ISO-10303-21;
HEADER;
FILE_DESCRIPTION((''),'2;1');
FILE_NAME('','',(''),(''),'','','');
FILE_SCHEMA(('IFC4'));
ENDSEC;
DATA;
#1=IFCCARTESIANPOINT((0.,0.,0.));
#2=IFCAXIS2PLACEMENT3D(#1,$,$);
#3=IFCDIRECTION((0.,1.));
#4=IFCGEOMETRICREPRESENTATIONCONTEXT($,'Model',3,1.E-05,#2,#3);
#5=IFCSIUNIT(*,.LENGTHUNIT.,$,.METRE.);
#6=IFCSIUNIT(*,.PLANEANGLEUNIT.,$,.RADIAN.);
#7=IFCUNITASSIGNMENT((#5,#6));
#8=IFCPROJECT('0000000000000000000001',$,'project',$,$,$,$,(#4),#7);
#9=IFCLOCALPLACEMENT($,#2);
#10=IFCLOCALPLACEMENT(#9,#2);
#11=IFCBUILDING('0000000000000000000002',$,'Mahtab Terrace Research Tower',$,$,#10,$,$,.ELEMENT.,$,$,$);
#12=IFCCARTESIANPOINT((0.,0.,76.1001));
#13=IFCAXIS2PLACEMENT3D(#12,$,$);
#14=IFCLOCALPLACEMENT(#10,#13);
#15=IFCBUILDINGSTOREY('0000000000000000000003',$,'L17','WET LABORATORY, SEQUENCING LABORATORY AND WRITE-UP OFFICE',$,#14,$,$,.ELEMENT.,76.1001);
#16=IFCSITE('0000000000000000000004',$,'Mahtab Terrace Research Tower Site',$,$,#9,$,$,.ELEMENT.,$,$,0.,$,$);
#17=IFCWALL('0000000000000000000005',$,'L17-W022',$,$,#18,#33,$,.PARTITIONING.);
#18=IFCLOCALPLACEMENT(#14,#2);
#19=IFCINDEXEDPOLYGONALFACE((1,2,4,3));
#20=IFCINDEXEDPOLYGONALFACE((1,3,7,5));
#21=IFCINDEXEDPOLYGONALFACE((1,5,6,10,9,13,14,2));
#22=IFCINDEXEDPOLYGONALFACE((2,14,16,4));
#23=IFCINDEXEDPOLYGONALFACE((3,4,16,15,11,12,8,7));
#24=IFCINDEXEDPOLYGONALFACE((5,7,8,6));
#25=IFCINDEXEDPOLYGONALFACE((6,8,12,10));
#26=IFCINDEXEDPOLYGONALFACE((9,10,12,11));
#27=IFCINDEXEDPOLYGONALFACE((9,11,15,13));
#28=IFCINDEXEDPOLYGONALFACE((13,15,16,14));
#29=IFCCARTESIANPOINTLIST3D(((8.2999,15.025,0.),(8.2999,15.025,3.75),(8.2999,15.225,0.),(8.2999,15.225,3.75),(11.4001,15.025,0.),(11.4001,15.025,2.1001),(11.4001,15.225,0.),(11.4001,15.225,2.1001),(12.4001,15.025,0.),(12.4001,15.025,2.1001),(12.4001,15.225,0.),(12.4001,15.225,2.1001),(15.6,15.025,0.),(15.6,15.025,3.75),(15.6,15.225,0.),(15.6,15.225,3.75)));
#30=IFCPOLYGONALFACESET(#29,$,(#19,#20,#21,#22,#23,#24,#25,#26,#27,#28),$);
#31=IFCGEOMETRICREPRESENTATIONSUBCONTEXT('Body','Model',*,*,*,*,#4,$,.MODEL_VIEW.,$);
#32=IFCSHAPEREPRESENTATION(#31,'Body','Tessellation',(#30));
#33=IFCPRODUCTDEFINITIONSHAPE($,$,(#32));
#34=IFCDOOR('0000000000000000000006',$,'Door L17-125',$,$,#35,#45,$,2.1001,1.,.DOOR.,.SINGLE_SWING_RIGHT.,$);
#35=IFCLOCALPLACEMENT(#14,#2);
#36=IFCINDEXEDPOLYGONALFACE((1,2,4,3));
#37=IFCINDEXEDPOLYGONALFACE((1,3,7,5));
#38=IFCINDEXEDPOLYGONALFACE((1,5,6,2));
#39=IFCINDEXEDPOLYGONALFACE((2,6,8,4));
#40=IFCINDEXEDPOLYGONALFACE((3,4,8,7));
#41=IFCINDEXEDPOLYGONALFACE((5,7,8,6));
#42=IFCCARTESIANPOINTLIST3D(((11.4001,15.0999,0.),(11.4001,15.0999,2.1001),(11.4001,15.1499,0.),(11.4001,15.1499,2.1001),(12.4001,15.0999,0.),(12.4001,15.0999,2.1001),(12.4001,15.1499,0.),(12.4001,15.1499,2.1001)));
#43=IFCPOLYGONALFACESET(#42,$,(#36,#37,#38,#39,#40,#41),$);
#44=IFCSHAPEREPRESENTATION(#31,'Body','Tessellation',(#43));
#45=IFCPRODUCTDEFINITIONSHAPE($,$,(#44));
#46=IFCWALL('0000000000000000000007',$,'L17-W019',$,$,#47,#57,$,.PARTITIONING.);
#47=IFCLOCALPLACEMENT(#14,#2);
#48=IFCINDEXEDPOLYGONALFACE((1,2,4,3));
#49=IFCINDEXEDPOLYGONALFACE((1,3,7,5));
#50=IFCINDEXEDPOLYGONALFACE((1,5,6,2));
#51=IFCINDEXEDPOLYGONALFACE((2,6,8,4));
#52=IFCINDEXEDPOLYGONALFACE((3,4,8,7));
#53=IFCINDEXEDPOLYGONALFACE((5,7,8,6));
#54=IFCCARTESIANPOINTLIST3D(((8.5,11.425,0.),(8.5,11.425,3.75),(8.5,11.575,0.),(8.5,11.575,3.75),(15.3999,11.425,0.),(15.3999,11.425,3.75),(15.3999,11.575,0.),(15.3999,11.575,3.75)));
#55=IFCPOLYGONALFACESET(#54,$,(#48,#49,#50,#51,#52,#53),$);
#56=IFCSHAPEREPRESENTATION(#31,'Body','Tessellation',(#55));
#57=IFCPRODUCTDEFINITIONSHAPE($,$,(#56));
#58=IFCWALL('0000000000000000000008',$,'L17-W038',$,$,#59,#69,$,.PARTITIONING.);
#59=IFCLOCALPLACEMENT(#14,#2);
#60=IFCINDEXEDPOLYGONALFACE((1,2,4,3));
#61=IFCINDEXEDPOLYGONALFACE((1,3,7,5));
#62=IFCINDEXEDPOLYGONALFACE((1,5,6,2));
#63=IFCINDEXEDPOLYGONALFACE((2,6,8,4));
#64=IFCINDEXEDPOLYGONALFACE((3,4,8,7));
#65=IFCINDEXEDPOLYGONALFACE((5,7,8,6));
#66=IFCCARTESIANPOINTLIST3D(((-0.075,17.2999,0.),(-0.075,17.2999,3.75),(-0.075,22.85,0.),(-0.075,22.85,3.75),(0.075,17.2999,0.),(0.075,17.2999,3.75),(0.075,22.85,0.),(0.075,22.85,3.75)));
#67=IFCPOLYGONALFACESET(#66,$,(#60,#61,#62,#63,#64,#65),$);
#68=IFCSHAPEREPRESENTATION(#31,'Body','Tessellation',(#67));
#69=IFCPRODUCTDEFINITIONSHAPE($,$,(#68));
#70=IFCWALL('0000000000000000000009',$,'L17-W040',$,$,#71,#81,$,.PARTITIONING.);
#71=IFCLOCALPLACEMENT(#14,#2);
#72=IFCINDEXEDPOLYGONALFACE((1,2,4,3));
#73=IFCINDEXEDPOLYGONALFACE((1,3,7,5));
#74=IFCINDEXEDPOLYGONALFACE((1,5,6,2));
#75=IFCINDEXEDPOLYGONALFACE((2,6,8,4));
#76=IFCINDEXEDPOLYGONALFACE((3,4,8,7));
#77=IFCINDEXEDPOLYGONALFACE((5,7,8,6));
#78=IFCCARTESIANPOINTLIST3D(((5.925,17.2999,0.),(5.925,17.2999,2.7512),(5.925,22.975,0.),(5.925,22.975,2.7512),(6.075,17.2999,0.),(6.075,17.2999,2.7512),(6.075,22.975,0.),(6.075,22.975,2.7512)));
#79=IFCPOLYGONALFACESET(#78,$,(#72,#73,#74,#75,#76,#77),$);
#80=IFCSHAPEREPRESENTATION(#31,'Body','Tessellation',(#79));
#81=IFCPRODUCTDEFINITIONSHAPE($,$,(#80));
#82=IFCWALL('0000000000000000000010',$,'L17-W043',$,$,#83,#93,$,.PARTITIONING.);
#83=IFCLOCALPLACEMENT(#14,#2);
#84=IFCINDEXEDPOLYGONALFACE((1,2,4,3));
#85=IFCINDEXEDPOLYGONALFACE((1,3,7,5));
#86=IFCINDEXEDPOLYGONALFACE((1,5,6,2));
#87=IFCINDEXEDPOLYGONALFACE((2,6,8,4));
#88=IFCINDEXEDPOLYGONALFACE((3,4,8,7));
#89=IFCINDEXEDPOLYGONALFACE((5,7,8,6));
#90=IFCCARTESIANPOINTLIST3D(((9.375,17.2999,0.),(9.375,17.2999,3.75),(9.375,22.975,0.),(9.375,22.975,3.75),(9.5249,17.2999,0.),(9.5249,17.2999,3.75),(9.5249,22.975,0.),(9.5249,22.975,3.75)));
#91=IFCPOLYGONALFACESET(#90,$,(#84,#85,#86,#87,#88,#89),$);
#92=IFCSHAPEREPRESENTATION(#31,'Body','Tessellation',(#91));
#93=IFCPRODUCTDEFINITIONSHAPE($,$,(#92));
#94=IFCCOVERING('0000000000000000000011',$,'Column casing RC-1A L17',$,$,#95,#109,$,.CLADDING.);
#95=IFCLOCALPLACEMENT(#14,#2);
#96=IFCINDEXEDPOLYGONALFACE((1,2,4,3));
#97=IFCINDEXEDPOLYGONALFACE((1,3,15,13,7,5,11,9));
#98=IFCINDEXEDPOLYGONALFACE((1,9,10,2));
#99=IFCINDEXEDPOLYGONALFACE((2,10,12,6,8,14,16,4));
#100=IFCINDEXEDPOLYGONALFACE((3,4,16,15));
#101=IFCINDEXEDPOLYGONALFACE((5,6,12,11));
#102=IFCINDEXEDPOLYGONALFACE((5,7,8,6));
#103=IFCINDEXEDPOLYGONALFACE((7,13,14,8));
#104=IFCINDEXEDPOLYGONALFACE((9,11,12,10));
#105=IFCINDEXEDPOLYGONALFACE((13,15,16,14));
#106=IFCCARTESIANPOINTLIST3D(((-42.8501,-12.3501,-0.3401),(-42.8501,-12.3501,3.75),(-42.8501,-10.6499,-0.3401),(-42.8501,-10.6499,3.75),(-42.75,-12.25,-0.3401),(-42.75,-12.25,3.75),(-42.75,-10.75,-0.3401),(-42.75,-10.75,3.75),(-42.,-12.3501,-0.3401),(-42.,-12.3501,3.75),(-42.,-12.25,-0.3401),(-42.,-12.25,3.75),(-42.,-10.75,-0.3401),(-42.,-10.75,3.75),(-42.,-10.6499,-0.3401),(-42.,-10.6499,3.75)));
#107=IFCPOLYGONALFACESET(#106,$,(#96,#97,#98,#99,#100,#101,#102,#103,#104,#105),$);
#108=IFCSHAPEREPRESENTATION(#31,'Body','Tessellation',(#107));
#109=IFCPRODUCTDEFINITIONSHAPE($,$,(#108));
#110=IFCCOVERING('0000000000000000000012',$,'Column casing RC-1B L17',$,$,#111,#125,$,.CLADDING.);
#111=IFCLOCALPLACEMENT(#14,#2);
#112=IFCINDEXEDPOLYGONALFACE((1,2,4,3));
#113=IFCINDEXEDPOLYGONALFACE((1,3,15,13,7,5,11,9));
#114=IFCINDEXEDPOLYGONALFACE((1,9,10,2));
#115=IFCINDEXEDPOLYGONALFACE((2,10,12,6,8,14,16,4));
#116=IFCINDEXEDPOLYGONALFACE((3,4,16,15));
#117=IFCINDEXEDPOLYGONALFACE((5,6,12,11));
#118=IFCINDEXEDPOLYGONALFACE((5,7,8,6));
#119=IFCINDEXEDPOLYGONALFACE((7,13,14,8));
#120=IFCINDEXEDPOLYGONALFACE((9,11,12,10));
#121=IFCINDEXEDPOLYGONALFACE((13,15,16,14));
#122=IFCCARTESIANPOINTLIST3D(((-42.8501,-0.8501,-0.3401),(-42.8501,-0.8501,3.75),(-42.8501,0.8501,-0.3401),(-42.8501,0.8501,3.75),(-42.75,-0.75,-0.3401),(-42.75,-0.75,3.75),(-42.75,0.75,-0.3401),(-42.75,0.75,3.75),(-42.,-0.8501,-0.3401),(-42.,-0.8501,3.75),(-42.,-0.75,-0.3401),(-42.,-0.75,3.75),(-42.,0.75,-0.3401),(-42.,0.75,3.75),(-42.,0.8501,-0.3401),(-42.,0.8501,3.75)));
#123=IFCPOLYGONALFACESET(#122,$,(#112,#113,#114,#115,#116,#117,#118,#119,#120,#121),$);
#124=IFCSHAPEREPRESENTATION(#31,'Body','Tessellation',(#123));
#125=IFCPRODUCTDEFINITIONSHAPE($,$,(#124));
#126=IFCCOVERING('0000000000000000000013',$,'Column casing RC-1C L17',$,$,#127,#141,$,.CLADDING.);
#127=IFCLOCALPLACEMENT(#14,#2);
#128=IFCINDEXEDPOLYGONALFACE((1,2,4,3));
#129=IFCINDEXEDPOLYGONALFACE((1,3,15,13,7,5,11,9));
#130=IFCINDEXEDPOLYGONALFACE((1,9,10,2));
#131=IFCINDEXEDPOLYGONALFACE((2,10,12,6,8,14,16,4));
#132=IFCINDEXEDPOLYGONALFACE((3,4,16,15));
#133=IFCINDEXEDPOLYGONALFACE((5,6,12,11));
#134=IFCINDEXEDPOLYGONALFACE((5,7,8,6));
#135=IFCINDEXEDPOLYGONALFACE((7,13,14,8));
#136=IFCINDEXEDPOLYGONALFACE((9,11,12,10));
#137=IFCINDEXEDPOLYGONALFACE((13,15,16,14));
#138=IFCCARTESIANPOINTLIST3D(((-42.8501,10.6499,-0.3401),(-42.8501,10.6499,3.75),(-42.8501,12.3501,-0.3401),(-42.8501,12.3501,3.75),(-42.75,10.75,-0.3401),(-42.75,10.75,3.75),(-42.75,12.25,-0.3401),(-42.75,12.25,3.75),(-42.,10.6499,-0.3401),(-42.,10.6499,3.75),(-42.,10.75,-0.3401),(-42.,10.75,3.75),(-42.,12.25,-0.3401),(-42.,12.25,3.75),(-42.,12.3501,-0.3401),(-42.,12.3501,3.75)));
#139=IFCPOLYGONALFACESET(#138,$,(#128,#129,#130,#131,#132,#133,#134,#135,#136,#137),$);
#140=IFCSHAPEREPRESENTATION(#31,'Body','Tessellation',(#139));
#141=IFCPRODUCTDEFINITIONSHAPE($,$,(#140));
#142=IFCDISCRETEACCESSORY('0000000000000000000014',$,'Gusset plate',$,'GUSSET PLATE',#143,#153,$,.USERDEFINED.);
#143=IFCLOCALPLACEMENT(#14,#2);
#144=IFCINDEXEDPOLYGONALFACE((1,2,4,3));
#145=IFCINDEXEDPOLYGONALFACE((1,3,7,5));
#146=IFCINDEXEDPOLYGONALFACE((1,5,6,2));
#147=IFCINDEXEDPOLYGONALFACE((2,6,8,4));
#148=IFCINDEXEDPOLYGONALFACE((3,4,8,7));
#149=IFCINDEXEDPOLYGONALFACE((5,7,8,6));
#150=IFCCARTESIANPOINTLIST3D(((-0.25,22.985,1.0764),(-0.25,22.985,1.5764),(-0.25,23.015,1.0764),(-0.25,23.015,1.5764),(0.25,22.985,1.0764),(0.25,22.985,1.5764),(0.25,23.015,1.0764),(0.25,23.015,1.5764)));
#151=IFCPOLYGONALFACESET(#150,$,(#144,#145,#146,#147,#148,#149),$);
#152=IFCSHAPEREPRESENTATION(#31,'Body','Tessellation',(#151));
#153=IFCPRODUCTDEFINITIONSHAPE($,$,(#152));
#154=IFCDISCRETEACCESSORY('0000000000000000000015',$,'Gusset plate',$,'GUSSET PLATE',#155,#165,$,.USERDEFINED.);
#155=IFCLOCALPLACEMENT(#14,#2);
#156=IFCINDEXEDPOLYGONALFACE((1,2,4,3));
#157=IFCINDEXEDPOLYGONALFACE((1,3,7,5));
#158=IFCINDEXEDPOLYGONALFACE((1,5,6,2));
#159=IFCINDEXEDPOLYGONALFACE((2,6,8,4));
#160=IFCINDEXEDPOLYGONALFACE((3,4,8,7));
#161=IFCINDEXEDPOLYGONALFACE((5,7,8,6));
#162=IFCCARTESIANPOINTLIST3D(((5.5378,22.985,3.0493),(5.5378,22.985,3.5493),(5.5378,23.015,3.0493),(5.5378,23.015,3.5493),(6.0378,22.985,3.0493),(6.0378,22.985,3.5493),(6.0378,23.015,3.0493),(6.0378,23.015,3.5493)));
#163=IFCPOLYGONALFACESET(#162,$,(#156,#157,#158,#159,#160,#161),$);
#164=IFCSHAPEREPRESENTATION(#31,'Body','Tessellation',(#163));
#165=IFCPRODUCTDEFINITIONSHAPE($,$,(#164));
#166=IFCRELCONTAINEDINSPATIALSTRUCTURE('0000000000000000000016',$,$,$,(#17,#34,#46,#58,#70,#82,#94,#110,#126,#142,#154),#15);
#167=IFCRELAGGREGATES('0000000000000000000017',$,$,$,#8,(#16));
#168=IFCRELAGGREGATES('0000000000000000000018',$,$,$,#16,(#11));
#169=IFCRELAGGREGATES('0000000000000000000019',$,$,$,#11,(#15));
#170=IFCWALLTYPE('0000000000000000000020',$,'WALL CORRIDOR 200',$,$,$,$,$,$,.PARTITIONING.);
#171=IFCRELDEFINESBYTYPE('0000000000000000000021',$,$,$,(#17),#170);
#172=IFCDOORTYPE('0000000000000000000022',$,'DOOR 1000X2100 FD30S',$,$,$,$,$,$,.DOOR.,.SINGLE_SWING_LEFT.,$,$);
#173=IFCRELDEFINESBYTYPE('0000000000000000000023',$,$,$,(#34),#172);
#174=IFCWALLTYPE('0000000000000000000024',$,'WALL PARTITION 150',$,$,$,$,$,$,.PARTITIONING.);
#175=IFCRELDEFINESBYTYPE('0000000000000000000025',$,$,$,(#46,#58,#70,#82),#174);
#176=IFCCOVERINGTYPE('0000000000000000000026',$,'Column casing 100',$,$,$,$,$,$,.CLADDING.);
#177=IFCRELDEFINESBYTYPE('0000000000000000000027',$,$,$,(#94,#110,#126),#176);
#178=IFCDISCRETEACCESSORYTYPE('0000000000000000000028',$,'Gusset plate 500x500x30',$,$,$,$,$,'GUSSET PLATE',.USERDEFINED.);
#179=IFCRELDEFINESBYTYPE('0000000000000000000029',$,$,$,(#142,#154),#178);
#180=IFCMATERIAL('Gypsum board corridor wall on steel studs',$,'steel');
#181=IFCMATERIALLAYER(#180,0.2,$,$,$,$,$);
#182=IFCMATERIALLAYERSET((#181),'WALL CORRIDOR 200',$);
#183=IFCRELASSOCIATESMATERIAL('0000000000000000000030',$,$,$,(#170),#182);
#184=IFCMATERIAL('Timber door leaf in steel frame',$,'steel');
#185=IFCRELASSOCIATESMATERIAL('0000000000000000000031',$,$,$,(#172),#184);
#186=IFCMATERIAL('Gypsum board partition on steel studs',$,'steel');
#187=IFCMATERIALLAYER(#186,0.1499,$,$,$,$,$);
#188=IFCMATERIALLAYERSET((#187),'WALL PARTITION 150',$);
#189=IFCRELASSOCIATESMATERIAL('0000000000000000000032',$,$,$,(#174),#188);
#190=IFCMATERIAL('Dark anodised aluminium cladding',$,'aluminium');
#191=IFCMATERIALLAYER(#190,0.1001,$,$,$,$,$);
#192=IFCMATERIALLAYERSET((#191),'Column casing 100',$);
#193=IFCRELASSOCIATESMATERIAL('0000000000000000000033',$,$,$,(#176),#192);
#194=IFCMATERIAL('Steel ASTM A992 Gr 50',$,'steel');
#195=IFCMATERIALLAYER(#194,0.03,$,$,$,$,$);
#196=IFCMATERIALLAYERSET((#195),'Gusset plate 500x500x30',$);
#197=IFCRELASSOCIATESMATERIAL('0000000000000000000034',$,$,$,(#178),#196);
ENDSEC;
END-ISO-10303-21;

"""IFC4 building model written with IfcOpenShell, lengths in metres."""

from ifc_helpers import new_model, si_unit, direction, frame, frame_2d, origin, origin_2d, place, context, subcontext, project, spatial, polyline, rectangle, outline, extrude, material, layer, layer_set, type_object, element, fill, save


model = new_model("IFC4")

# Units and contexts
model_context = context("Model", 3, precision=1e-05, world=origin(), true_north=direction((0.0, 1.0)))
body_context = subcontext(model_context, "Body", "Model", "MODEL_VIEW")
ifc_project = project(units=[si_unit("LENGTHUNIT", "METRE"), si_unit("PLANEANGLEUNIT", "RADIAN")], contexts=[model_context])

# Site, building, storey
site_placement = place(None, origin())
site = spatial("IfcSite", under=ifc_project, at=site_placement, Name="Mahtab Terrace Research Tower Site", CompositionType="ELEMENT", RefElevation=0.0)
building_placement = place(site_placement, origin())
building = spatial("IfcBuilding", under=site, at=building_placement, Name="Mahtab Terrace Research Tower", CompositionType="ELEMENT")
storey_placement = place(building_placement, frame((0.0, 0.0, 76.1001)))
storey = spatial("IfcBuildingStorey", under=building, at=storey_placement, Name="L17", Description="WET LABORATORY, SEQUENCING LABORATORY AND WRITE-UP OFFICE", CompositionType="ELEMENT", Elevation=76.1001)

# Shared definitions
ifc_material_1 = material(Name="Steel ASTM A992 Gr 50", Category="steel")

# Wall, opening, door
ifc_material_2 = material(Name="Gypsum board corridor wall on steel studs", Category="steel")
ifc_layer_1 = layer(ifc_material_2, 0.2)
ifc_layer_set_1 = layer_set([ifc_layer_1], Name="WALL CORRIDOR 200")
wall_type_1 = type_object("IfcWallType", Name="WALL CORRIDOR 200", PredefinedType="PARTITIONING", material=ifc_layer_set_1)
wall_1_placement = place(storey_placement, frame((8.3, 15.125, 0.0), z_axis=(0.0, 0.0, 1.0), x_axis=(1.0, 0.0, 0.0)))
wall_1 = element("IfcWall", 1, at=wall_1_placement, inside=storey, type_object=wall_type_1, Name="L17-W022", PredefinedType="PARTITIONING", context=body_context, shape_type="SweptSolid", body=[
    extrude(rectangle(XDim=7.3, YDim=0.2, at=frame_2d((3.6499, 0.0))), origin(), (0.0, 0.0, 1.0), 3.75),
])
opening_1_placement = place(wall_1_placement, frame((3.1001, 0.0, 0.0)))
opening_1 = element("IfcOpeningElement", 2, at=opening_1_placement, cuts=wall_1, PredefinedType="OPENING", context=body_context, shape_type="SweptSolid", body=[
    extrude(rectangle(XDim=1.0, YDim=2.1001, at=frame_2d((0.5, 1.05))), frame((0.0, 0.1099, 0.0), z_axis=(0.0, -1.0, 0.0), x_axis=(1.0, 0.0, 0.0)), (0.0, 0.0, 1.0), 0.22),
])
ifc_material_3 = material(Name="Timber door leaf in steel frame", Category="steel")
door_type_1 = type_object("IfcDoorType", Name="DOOR 1000X2100 FD30S", OperationType="SINGLE_SWING_LEFT", PredefinedType="DOOR", material=ifc_material_3)
door_1_placement = place(opening_1_placement, origin())
door_1 = element("IfcDoor", 3, at=door_1_placement, inside=storey, type_object=door_type_1, Name="Door L17-125", OperationType="SINGLE_SWING_RIGHT", OverallHeight=2.1001, OverallWidth=1.0, PredefinedType="DOOR", context=body_context, shape_type="SweptSolid", body=[
    extrude(rectangle(XDim=1.0, YDim=2.1001, at=frame_2d((0.5, 1.05))), frame((0.0, 0.0249, 0.0), z_axis=(0.0, -1.0, 0.0), x_axis=(1.0, 0.0, 0.0)), (0.0, 0.0, 1.0), 0.05),
])
fill(opening_1, door_1)

# Walls
ifc_material_4 = material(Name="Gypsum board partition on steel studs", Category="steel")
ifc_layer_2 = layer(ifc_material_4, 0.1499)
ifc_layer_set_2 = layer_set([ifc_layer_2], Name="WALL PARTITION 150")
wall_type_2 = type_object("IfcWallType", Name="WALL PARTITION 150", PredefinedType="PARTITIONING", material=ifc_layer_set_2)
wall_2_placement = place(storey_placement, frame((8.5, 11.5, 0.0), z_axis=(0.0, 0.0, 1.0), x_axis=(1.0, 0.0, 0.0)))
element("IfcWall", 4, at=wall_2_placement, inside=storey, type_object=wall_type_2, Name="L17-W019", PredefinedType="PARTITIONING", context=body_context, shape_type="SweptSolid", body=[
    extrude(rectangle(XDim=6.8999, YDim=0.1499, at=frame_2d((3.45, 0.0))), origin(), (0.0, 0.0, 1.0), 3.75),
])
wall_3_placement = place(storey_placement, frame((0.0, 17.3, 0.0), z_axis=(0.0, 0.0, 1.0), x_axis=(0.0, 1.0, 0.0)))
element("IfcWall", 5, at=wall_3_placement, inside=storey, type_object=wall_type_2, Name="L17-W038", PredefinedType="PARTITIONING", context=body_context, shape_type="SweptSolid", body=[
    extrude(rectangle(XDim=5.55, YDim=0.1499, at=frame_2d((2.7749, 0.0))), origin(), (0.0, 0.0, 1.0), 3.75),
])
wall_4_placement = place(storey_placement, frame((6.0, 17.3, 0.0), z_axis=(0.0, 0.0, 1.0), x_axis=(0.0, 1.0, 0.0)))
element("IfcWall", 6, at=wall_4_placement, inside=storey, type_object=wall_type_2, Name="L17-W040", PredefinedType="PARTITIONING", context=body_context, shape_type="SweptSolid", body=[
    extrude(rectangle(XDim=5.675, YDim=0.1499, at=frame_2d((2.8374, 0.0))), origin(), (0.0, 0.0, 1.0), 2.7512),
])
wall_5_placement = place(storey_placement, frame((9.45, 17.3, 0.0), z_axis=(0.0, 0.0, 1.0), x_axis=(0.0, 1.0, 0.0)))
element("IfcWall", 7, at=wall_5_placement, inside=storey, type_object=wall_type_2, Name="L17-W043", PredefinedType="PARTITIONING", context=body_context, shape_type="SweptSolid", body=[
    extrude(rectangle(XDim=5.675, YDim=0.1499, at=frame_2d((2.8374, 0.0))), origin(), (0.0, 0.0, 1.0), 3.75),
])

# Coverings
ifc_material_5 = material(Name="Dark anodised aluminium cladding", Category="aluminium")
ifc_layer_3 = layer(ifc_material_5, 0.1001)
ifc_layer_set_3 = layer_set([ifc_layer_3], Name="Column casing 100")
covering_type = type_object("IfcCoveringType", Name="Column casing 100", PredefinedType="CLADDING", material=ifc_layer_set_3)
covering_1_placement = place(storey_placement, frame((0.0, 0.0, -0.3401)))
element("IfcCovering", 8, at=covering_1_placement, inside=storey, type_object=covering_type, Name="Column casing RC-1A L17", PredefinedType="CLADDING", context=body_context, shape_type="SweptSolid", body=[
    extrude(outline(polyline([(-42.8501, -10.6499), (-42.0, -10.6499), (-42.0, -10.75), (-42.75, -10.75), (-42.75, -12.25), (-42.0, -12.25), (-42.0, -12.3501), (-42.8501, -12.3501), (-42.8501, -10.6499)])), origin(), (0.0, 0.0, 1.0), 4.0901),
])
covering_2_placement = place(storey_placement, frame((0.0, 0.0, -0.3401)))
element("IfcCovering", 9, at=covering_2_placement, inside=storey, type_object=covering_type, Name="Column casing RC-1B L17", PredefinedType="CLADDING", context=body_context, shape_type="SweptSolid", body=[
    extrude(outline(polyline([(-42.8501, 0.8501), (-42.0, 0.8501), (-42.0, 0.75), (-42.75, 0.75), (-42.75, -0.75), (-42.0, -0.75), (-42.0, -0.8501), (-42.8501, -0.8501), (-42.8501, 0.8501)])), origin(), (0.0, 0.0, 1.0), 4.0901),
])
covering_3_placement = place(storey_placement, frame((0.0, 0.0, -0.3401)))
element("IfcCovering", 10, at=covering_3_placement, inside=storey, type_object=covering_type, Name="Column casing RC-1C L17", PredefinedType="CLADDING", context=body_context, shape_type="SweptSolid", body=[
    extrude(outline(polyline([(-42.8501, 12.3501), (-42.0, 12.3501), (-42.0, 12.25), (-42.75, 12.25), (-42.75, 10.75), (-42.0, 10.75), (-42.0, 10.6499), (-42.8501, 10.6499), (-42.8501, 12.3501)])), origin(), (0.0, 0.0, 1.0), 4.0901),
])

# Discrete accessories
ifc_layer_4 = layer(ifc_material_1, 0.03)
ifc_layer_set_4 = layer_set([ifc_layer_4], Name="Gusset plate 500x500x30")
discrete_accessory_type = type_object("IfcDiscreteAccessoryType", Name="Gusset plate 500x500x30", ElementType="GUSSET PLATE", PredefinedType="USERDEFINED", material=ifc_layer_set_4)
for number, where, z_axis, x_axis, name in (
    (11, (0.0, 23.0, 1.0764), (0.0, 0.0, 1.0), (1.0, 0.0, 0.0), "Gusset plate"),
    (12, (5.7878, 23.0, 3.0493), (0.0, 0.0, 1.0), (1.0, 0.0, 0.0), "Gusset plate"),
):
    element("IfcDiscreteAccessory", number, at=place(storey_placement, frame(where, z_axis=z_axis, x_axis=x_axis)), inside=storey, type_object=discrete_accessory_type, Name=name, ObjectType="GUSSET PLATE", PredefinedType="USERDEFINED", context=body_context, shape_type="SweptSolid", body=[
        extrude(rectangle(XDim=0.5, YDim=0.03, at=origin_2d()), origin(), (0.0, 0.0, 1.0), 0.5),
    ])

save(model, "model.ifc")
